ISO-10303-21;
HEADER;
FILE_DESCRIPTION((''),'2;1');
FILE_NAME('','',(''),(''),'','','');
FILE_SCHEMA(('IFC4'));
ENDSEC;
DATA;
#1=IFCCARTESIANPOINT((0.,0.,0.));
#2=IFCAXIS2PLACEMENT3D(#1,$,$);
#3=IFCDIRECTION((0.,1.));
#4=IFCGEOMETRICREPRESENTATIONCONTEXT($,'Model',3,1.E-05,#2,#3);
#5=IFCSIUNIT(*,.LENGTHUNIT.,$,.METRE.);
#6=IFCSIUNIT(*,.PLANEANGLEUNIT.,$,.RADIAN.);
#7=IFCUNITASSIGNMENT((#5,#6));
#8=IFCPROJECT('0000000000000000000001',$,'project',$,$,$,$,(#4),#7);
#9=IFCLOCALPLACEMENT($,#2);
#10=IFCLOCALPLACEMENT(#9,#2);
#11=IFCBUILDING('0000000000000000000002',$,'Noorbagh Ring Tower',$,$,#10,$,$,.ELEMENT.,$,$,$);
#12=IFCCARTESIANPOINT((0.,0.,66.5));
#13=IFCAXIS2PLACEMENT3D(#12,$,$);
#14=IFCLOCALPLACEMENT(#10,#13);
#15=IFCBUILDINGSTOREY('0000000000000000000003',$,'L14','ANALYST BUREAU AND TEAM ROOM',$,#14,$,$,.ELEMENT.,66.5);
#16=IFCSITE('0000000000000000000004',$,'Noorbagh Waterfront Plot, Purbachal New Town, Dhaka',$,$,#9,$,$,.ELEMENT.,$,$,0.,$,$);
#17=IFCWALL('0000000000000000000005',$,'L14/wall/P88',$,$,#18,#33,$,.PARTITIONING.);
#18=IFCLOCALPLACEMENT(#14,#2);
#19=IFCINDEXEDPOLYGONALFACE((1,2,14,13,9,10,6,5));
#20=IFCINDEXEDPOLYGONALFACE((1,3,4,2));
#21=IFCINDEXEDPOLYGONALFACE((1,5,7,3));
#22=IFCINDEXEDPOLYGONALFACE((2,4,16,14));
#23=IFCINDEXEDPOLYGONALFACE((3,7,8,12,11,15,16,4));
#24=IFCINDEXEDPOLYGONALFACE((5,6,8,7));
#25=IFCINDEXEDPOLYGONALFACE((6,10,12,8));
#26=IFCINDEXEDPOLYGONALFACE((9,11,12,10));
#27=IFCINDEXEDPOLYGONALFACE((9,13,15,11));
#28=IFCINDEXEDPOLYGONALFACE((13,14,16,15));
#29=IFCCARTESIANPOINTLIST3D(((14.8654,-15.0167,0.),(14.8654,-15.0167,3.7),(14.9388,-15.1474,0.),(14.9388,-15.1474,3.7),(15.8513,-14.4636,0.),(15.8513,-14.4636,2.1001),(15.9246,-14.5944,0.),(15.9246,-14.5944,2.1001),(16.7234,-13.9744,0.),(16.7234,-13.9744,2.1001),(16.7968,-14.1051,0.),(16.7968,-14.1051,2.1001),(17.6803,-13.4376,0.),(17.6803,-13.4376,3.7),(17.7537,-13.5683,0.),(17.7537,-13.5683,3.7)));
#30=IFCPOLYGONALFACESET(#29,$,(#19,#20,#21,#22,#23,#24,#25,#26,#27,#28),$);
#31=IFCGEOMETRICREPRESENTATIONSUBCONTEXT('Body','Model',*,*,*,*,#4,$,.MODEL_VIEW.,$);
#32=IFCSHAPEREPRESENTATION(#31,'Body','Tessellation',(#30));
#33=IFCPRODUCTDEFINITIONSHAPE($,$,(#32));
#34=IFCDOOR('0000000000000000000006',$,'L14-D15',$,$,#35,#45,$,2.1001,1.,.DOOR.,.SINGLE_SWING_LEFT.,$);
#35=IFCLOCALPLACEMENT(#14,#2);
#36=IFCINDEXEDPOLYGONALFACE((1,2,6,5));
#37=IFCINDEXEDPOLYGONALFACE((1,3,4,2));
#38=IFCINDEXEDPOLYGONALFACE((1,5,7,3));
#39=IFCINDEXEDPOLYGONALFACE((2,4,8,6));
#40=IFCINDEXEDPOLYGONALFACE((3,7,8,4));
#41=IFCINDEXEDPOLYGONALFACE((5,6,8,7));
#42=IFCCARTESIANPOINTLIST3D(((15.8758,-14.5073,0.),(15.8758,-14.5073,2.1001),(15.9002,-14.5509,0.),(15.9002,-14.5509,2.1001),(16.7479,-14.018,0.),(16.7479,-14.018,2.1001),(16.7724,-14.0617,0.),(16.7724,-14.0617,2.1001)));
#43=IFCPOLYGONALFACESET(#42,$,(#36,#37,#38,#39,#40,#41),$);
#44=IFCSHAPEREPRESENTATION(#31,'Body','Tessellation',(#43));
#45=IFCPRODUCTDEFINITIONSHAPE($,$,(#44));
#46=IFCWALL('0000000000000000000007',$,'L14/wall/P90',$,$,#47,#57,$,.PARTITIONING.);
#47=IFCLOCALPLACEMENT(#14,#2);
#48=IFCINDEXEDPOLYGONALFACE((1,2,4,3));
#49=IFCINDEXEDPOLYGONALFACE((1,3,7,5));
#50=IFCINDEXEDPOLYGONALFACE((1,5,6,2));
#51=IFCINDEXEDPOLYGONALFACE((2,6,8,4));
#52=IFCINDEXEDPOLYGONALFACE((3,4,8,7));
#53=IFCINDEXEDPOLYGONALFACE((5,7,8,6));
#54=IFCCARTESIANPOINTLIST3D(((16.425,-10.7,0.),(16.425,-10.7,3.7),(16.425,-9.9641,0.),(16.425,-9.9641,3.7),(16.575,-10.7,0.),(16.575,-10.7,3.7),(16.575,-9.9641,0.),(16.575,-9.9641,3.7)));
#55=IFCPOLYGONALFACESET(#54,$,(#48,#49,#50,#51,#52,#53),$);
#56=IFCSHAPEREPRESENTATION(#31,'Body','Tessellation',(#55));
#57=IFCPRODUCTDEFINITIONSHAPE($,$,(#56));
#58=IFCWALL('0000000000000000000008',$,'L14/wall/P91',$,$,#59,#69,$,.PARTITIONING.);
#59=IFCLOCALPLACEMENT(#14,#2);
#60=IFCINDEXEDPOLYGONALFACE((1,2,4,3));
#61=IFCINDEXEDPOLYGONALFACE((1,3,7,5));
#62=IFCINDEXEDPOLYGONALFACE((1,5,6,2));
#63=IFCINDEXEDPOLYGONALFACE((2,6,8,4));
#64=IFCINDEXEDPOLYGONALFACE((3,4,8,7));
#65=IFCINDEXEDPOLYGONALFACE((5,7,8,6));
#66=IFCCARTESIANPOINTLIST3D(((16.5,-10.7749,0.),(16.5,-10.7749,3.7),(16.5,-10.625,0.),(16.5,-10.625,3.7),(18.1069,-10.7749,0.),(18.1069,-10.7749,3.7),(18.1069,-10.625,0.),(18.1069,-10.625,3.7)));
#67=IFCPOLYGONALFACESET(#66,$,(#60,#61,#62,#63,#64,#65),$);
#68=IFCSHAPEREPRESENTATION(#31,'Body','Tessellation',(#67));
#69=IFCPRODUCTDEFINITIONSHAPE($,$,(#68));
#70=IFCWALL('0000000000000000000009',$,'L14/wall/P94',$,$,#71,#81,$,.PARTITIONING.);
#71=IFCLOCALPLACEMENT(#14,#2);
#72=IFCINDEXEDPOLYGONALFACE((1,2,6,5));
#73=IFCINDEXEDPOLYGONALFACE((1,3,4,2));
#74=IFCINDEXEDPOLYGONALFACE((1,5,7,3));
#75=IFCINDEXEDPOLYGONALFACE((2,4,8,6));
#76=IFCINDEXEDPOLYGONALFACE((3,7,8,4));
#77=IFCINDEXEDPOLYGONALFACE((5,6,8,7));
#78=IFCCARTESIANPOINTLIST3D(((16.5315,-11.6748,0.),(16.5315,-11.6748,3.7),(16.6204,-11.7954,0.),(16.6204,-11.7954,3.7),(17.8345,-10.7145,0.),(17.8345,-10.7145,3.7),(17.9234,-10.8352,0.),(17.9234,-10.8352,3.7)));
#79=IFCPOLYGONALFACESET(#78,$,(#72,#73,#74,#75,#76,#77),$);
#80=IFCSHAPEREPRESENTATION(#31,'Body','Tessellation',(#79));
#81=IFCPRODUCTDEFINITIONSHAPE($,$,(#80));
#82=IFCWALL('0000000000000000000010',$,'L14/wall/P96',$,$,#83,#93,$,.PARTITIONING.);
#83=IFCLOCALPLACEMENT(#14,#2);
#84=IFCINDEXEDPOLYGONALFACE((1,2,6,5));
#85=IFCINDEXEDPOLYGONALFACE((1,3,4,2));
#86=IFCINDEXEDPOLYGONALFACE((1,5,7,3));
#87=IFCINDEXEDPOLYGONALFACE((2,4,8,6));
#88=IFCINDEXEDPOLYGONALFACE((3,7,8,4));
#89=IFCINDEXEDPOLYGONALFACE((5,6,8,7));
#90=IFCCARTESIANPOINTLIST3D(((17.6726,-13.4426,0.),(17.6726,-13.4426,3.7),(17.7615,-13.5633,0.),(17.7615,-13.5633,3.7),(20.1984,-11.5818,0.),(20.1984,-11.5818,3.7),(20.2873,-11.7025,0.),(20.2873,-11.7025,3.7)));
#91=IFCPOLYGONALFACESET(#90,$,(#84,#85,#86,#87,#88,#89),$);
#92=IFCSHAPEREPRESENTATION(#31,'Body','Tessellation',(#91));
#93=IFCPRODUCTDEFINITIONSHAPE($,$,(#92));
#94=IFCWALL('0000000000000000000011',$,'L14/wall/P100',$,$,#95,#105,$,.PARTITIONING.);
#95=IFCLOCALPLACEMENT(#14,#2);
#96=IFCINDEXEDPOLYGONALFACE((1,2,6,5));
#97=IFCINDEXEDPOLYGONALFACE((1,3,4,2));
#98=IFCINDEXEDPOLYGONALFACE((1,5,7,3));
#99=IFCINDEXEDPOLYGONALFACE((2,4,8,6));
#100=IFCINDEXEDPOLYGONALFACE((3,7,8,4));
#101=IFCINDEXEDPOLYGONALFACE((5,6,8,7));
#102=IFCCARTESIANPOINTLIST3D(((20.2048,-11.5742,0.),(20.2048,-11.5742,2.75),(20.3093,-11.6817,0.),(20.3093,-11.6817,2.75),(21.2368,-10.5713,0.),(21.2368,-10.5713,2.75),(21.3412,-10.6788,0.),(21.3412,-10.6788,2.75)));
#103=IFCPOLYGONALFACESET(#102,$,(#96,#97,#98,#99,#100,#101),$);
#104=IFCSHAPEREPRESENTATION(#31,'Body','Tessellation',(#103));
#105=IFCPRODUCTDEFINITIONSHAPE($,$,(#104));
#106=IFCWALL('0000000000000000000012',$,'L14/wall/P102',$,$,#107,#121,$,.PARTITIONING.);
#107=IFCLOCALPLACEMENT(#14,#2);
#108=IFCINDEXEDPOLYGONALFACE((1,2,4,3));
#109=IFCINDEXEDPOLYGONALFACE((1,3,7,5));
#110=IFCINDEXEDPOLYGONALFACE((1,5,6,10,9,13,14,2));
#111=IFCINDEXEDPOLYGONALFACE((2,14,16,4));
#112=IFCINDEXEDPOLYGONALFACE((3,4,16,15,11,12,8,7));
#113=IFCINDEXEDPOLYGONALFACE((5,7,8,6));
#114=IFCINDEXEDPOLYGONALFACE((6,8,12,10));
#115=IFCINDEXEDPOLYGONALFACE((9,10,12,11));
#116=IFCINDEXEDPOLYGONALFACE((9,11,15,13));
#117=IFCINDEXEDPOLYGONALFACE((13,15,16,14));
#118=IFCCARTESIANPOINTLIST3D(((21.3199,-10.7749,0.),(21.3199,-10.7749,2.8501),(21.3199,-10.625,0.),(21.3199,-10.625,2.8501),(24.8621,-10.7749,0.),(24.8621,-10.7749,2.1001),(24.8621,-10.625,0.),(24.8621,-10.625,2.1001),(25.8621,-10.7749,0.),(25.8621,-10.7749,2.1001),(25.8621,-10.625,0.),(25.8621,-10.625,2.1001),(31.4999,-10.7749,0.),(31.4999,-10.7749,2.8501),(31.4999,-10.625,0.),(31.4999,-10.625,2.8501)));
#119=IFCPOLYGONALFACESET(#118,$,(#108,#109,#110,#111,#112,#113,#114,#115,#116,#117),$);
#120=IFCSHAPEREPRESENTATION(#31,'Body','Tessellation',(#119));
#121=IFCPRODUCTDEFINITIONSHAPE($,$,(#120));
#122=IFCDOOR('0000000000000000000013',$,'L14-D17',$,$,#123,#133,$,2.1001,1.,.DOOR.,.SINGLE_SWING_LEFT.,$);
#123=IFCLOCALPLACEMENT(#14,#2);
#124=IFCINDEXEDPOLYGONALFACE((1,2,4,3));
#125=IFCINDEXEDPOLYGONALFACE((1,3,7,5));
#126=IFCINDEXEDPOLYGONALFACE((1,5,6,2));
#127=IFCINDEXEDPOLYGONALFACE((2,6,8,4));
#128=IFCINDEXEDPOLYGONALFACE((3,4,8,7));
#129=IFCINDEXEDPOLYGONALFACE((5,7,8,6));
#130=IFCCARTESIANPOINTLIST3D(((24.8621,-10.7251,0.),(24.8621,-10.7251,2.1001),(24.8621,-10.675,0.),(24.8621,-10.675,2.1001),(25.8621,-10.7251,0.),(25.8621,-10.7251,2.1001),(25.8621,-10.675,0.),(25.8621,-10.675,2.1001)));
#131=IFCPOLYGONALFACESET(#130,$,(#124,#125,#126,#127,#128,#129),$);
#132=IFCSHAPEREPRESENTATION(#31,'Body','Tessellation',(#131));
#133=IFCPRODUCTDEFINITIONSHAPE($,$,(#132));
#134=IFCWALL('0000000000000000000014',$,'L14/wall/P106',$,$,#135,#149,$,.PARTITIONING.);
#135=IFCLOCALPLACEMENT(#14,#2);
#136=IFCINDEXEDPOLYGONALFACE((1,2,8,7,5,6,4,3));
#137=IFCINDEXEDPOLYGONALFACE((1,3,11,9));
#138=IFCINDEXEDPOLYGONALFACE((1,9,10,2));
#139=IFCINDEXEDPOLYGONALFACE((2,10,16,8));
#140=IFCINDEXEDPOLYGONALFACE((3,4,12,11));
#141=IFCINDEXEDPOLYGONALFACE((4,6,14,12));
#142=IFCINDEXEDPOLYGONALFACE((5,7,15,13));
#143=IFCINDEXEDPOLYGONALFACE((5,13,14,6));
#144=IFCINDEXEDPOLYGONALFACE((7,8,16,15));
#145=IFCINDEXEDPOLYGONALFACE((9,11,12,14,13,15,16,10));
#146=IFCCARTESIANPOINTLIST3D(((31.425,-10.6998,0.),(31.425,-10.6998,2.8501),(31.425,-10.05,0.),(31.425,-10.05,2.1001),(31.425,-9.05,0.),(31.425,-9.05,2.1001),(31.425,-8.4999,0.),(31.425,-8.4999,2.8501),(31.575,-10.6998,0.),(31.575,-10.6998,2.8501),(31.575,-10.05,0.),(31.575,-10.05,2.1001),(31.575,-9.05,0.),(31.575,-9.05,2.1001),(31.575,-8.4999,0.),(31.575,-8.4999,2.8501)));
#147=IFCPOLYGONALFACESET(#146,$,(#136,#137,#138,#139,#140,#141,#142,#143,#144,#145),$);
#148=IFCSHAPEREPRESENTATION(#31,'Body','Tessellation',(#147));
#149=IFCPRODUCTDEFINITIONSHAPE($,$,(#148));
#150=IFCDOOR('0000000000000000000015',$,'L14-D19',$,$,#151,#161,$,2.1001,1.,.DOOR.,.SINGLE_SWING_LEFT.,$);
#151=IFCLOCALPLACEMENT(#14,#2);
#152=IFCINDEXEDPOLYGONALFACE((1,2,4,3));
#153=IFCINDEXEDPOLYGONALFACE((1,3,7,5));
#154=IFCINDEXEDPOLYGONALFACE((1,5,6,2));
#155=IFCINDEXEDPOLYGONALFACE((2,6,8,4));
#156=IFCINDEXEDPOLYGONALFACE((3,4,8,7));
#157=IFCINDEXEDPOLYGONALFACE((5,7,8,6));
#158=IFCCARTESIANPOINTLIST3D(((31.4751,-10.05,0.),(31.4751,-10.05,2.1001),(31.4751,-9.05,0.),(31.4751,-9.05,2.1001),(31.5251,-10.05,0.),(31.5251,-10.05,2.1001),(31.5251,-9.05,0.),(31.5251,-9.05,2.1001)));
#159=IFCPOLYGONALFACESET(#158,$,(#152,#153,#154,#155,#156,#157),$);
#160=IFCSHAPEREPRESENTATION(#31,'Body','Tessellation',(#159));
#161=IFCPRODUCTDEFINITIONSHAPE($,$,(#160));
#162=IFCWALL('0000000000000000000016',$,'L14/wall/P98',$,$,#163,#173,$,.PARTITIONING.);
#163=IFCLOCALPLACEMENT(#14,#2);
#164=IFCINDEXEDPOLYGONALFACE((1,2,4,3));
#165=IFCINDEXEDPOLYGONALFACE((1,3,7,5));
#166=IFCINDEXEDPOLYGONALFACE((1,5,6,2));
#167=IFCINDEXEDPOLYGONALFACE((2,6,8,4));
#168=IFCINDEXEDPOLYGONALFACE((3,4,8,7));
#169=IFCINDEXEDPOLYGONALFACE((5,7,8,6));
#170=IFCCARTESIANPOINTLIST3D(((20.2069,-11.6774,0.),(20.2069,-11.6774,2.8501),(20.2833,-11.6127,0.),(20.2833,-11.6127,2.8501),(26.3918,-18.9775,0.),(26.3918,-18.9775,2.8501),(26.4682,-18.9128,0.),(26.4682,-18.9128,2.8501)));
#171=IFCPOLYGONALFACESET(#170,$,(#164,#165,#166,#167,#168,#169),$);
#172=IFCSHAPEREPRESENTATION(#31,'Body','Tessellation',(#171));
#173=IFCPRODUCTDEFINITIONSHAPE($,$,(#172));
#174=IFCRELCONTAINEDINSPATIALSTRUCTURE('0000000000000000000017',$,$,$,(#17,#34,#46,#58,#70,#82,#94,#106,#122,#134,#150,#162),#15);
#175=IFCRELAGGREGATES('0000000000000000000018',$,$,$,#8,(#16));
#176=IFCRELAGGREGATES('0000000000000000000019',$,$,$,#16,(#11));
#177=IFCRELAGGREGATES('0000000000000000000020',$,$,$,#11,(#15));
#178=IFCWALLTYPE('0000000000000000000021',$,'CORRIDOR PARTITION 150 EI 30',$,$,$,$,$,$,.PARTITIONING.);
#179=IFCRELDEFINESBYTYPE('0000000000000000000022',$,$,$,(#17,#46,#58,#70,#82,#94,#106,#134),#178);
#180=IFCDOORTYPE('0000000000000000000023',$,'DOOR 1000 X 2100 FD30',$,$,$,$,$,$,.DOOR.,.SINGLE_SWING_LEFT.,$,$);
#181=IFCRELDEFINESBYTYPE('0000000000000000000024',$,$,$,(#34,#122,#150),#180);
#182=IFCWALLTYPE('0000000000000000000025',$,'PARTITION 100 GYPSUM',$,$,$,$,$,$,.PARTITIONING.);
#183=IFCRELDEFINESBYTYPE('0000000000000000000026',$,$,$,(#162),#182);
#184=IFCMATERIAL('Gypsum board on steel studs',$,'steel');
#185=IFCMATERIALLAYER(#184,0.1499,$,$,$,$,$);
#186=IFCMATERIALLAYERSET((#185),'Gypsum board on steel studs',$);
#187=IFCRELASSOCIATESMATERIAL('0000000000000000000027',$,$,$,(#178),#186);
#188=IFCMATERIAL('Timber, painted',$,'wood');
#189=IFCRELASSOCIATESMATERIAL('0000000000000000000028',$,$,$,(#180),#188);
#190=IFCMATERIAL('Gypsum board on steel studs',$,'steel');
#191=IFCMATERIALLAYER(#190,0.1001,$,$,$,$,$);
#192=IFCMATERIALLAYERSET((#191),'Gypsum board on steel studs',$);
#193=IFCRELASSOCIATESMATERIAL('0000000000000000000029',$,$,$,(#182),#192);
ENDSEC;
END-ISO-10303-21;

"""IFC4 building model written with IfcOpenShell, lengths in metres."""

from ifc_helpers import new_model, si_unit, direction, frame, frame_2d, origin, place, context, subcontext, project, spatial, rectangle, extrude, material, layer, layer_set, type_object, element, fill, save


model = new_model("IFC4")

# Units and contexts
model_context = context("Model", 3, precision=1e-05, world=origin(), true_north=direction((0.0, 1.0)))
body_context = subcontext(model_context, "Body", "Model", "MODEL_VIEW")
ifc_project = project(units=[si_unit("LENGTHUNIT", "METRE"), si_unit("PLANEANGLEUNIT", "RADIAN")], contexts=[model_context])

# Site, building, storey
site_placement = place(None, origin())
site = spatial("IfcSite", under=ifc_project, at=site_placement, Name="Noorbagh Waterfront Plot, Purbachal New Town, Dhaka", CompositionType="ELEMENT", RefElevation=0.0)
building_placement = place(site_placement, origin())
building = spatial("IfcBuilding", under=site, at=building_placement, Name="Noorbagh Ring Tower", CompositionType="ELEMENT")
storey_placement = place(building_placement, frame((0.0, 0.0, 66.5)))
storey = spatial("IfcBuildingStorey", under=building, at=storey_placement, Name="L14", Description="ANALYST BUREAU AND TEAM ROOM", CompositionType="ELEMENT", Elevation=66.5)

# Wall, opening, door
ifc_material_1 = material(Name="Gypsum board on steel studs", Category="steel")
ifc_layer_1 = layer(ifc_material_1, 0.1499)
ifc_layer_set_1 = layer_set([ifc_layer_1], Name="Gypsum board on steel studs")
wall_type_1 = type_object("IfcWallType", Name="CORRIDOR PARTITION 150 EI 30", PredefinedType="PARTITIONING", material=ifc_layer_set_1)
wall_1_placement = place(storey_placement, frame((14.9021, -15.082, 0.0), z_axis=(0.0, 0.0, 1.0), x_axis=(0.872145, 0.489248, 0.0)))
wall_1 = element("IfcWall", 1, at=wall_1_placement, inside=storey, type_object=wall_type_1, Name="L14/wall/P88", PredefinedType="PARTITIONING", context=body_context, shape_type="SweptSolid", body=[
    extrude(rectangle(XDim=3.2275, YDim=0.1499, at=frame_2d((1.6138, 0.0))), origin(), (0.0, 0.0, 1.0), 3.7),
])
opening_1_placement = place(wall_1_placement, frame((1.1304, 0.0, 0.0)))
opening_1 = element("IfcOpeningElement", 2, at=opening_1_placement, cuts=wall_1, PredefinedType="OPENING", context=body_context, shape_type="SweptSolid", body=[
    extrude(rectangle(XDim=1.0, YDim=2.1001, at=frame_2d((0.5, 1.05))), frame((0.0, 0.085, 0.0), z_axis=(0.0, -1.0, 0.0), x_axis=(1.0, 0.0, 0.0)), (0.0, 0.0, 1.0), 0.1699),
])
ifc_material_2 = material(Name="Timber, painted", Category="wood")
door_type_1 = type_object("IfcDoorType", Name="DOOR 1000 X 2100 FD30", OperationType="SINGLE_SWING_LEFT", PredefinedType="DOOR", material=ifc_material_2)
door_1_placement = place(opening_1_placement, origin())
door_1 = element("IfcDoor", 3, at=door_1_placement, inside=storey, type_object=door_type_1, Name="L14-D15", OperationType="SINGLE_SWING_LEFT", OverallHeight=2.1001, OverallWidth=1.0, PredefinedType="DOOR", context=body_context, shape_type="SweptSolid", body=[
    extrude(rectangle(XDim=1.0, YDim=2.1001, at=frame_2d((0.5, 1.05))), frame((0.0, 0.0249, 0.0), z_axis=(0.0, -1.0, 0.0), x_axis=(1.0, 0.0, 0.0)), (0.0, 0.0, 1.0), 0.05),
])
fill(opening_1, door_1)

# Walls
wall_2_placement = place(storey_placement, frame((16.5, -10.7, 0.0), z_axis=(0.0, 0.0, 1.0), x_axis=(0.0, 1.0, 0.0)))
element("IfcWall", 4, at=wall_2_placement, inside=storey, type_object=wall_type_1, Name="L14/wall/P90", PredefinedType="PARTITIONING", context=body_context, shape_type="SweptSolid", body=[
    extrude(rectangle(XDim=0.7358, YDim=0.1499, at=frame_2d((0.3679, 0.0))), origin(), (0.0, 0.0, 1.0), 3.7),
])
wall_3_placement = place(storey_placement, frame((16.5, -10.7, 0.0), z_axis=(0.0, 0.0, 1.0), x_axis=(1.0, 0.0, 0.0)))
element("IfcWall", 5, at=wall_3_placement, inside=storey, type_object=wall_type_1, Name="L14/wall/P91", PredefinedType="PARTITIONING", context=body_context, shape_type="SweptSolid", body=[
    extrude(rectangle(XDim=1.6069, YDim=0.1499, at=frame_2d((0.8035, 0.0))), origin(), (0.0, 0.0, 1.0), 3.7),
])
wall_4_placement = place(storey_placement, frame((16.5759, -11.7351, 0.0), z_axis=(0.0, 0.0, 1.0), x_axis=(0.805022, 0.593245, 0.0)))
element("IfcWall", 6, at=wall_4_placement, inside=storey, type_object=wall_type_1, Name="L14/wall/P94", PredefinedType="PARTITIONING", context=body_context, shape_type="SweptSolid", body=[
    extrude(rectangle(XDim=1.6187, YDim=0.1499, at=frame_2d((0.8093, 0.0))), origin(), (0.0, 0.0, 1.0), 3.7),
])
wall_5_placement = place(storey_placement, frame((17.717, -13.5029, 0.0), z_axis=(0.0, 0.0, 1.0), x_axis=(0.805107, 0.59313, 0.0)))
element("IfcWall", 7, at=wall_5_placement, inside=storey, type_object=wall_type_1, Name="L14/wall/P96", PredefinedType="PARTITIONING", context=body_context, shape_type="SweptSolid", body=[
    extrude(rectangle(XDim=3.1372, YDim=0.1499, at=frame_2d((1.5686, 0.0))), origin(), (0.0, 0.0, 1.0), 3.7),
])
wall_6_placement = place(storey_placement, frame((20.2571, -11.6279, 0.0), z_axis=(0.0, 0.0, 1.0), x_axis=(0.717129, 0.69694, 0.0)))
element("IfcWall", 8, at=wall_6_placement, inside=storey, type_object=wall_type_1, Name="L14/wall/P100", PredefinedType="PARTITIONING", context=body_context, shape_type="SweptSolid", body=[
    extrude(rectangle(XDim=1.439, YDim=0.1499, at=frame_2d((0.7195, 0.0))), origin(), (0.0, 0.0, 1.0), 2.75),
])

# Walls, openings, doors
wall_7_placement = place(storey_placement, frame((21.3201, -10.7, 0.0), z_axis=(0.0, 0.0, 1.0), x_axis=(1.0, 0.0, 0.0)))
wall_7 = element("IfcWall", 9, at=wall_7_placement, inside=storey, type_object=wall_type_1, Name="L14/wall/P102", PredefinedType="PARTITIONING", context=body_context, shape_type="SweptSolid", body=[
    extrude(rectangle(XDim=10.1799, YDim=0.1499, at=frame_2d((5.0898, 0.0))), origin(), (0.0, 0.0, 1.0), 2.8501),
])
opening_2_placement = place(wall_7_placement, frame((3.542, 0.0, 0.0)))
opening_2 = element("IfcOpeningElement", 10, at=opening_2_placement, cuts=wall_7, PredefinedType="OPENING", context=body_context, shape_type="SweptSolid", body=[
    extrude(rectangle(XDim=1.0, YDim=2.1001, at=frame_2d((0.5, 1.05))), frame((0.0, 0.085, 0.0), z_axis=(0.0, -1.0, 0.0), x_axis=(1.0, 0.0, 0.0)), (0.0, 0.0, 1.0), 0.1699),
])
door_2_placement = place(opening_2_placement, origin())
door_2 = element("IfcDoor", 11, at=door_2_placement, inside=storey, type_object=door_type_1, Name="L14-D17", OperationType="SINGLE_SWING_LEFT", OverallHeight=2.1001, OverallWidth=1.0, PredefinedType="DOOR", context=body_context, shape_type="SweptSolid", body=[
    extrude(rectangle(XDim=1.0, YDim=2.1001, at=frame_2d((0.5, 1.05))), frame((0.0, 0.0249, 0.0), z_axis=(0.0, -1.0, 0.0), x_axis=(1.0, 0.0, 0.0)), (0.0, 0.0, 1.0), 0.05),
])
fill(opening_2, door_2)
wall_8_placement = place(storey_placement, frame((31.5, -10.7, 0.0), z_axis=(0.0, 0.0, 1.0), x_axis=(0.0, 1.0, 0.0)))
wall_8 = element("IfcWall", 12, at=wall_8_placement, inside=storey, type_object=wall_type_1, Name="L14/wall/P106", PredefinedType="PARTITIONING", context=body_context, shape_type="SweptSolid", body=[
    extrude(rectangle(XDim=2.2, YDim=0.1499, at=frame_2d((1.1001, 0.0))), origin(), (0.0, 0.0, 1.0), 2.8501),
])
opening_3_placement = place(wall_8_placement, frame((0.6499, 0.0, 0.0)))
opening_3 = element("IfcOpeningElement", 13, at=opening_3_placement, cuts=wall_8, PredefinedType="OPENING", context=body_context, shape_type="SweptSolid", body=[
    extrude(rectangle(XDim=1.0, YDim=2.1001, at=frame_2d((0.5, 1.05))), frame((0.0, 0.085, 0.0), z_axis=(0.0, -1.0, 0.0), x_axis=(1.0, 0.0, 0.0)), (0.0, 0.0, 1.0), 0.1699),
])
door_3_placement = place(opening_3_placement, origin())
door_3 = element("IfcDoor", 14, at=door_3_placement, inside=storey, type_object=door_type_1, Name="L14-D19", OperationType="SINGLE_SWING_LEFT", OverallHeight=2.1001, OverallWidth=1.0, PredefinedType="DOOR", context=body_context, shape_type="SweptSolid", body=[
    extrude(rectangle(XDim=1.0, YDim=2.1001, at=frame_2d((0.5, 1.05))), frame((0.0, 0.0249, 0.0), z_axis=(0.0, -1.0, 0.0), x_axis=(1.0, 0.0, 0.0)), (0.0, 0.0, 1.0), 0.05),
])
fill(opening_3, door_3)

# Wall
ifc_material_3 = material(Name="Gypsum board on steel studs", Category="steel")
ifc_layer_2 = layer(ifc_material_3, 0.1001)
ifc_layer_set_2 = layer_set([ifc_layer_2], Name="Gypsum board on steel studs")
wall_type_2 = type_object("IfcWallType", Name="PARTITION 100 GYPSUM", PredefinedType="PARTITIONING", material=ifc_layer_set_2)
wall_9_placement = place(storey_placement, frame((20.2451, -11.645, 0.0), z_axis=(0.0, 0.0, 1.0), x_axis=(0.64642, -0.762982, 0.0)))
element("IfcWall", 15, at=wall_9_placement, inside=storey, type_object=wall_type_2, Name="L14/wall/P98", PredefinedType="PARTITIONING", context=body_context, shape_type="SweptSolid", body=[
    extrude(rectangle(XDim=9.5679, YDim=0.1001, at=frame_2d((4.7839, 0.0))), origin(), (0.0, 0.0, 1.0), 2.8501),
])

save(model, "model.ifc")
